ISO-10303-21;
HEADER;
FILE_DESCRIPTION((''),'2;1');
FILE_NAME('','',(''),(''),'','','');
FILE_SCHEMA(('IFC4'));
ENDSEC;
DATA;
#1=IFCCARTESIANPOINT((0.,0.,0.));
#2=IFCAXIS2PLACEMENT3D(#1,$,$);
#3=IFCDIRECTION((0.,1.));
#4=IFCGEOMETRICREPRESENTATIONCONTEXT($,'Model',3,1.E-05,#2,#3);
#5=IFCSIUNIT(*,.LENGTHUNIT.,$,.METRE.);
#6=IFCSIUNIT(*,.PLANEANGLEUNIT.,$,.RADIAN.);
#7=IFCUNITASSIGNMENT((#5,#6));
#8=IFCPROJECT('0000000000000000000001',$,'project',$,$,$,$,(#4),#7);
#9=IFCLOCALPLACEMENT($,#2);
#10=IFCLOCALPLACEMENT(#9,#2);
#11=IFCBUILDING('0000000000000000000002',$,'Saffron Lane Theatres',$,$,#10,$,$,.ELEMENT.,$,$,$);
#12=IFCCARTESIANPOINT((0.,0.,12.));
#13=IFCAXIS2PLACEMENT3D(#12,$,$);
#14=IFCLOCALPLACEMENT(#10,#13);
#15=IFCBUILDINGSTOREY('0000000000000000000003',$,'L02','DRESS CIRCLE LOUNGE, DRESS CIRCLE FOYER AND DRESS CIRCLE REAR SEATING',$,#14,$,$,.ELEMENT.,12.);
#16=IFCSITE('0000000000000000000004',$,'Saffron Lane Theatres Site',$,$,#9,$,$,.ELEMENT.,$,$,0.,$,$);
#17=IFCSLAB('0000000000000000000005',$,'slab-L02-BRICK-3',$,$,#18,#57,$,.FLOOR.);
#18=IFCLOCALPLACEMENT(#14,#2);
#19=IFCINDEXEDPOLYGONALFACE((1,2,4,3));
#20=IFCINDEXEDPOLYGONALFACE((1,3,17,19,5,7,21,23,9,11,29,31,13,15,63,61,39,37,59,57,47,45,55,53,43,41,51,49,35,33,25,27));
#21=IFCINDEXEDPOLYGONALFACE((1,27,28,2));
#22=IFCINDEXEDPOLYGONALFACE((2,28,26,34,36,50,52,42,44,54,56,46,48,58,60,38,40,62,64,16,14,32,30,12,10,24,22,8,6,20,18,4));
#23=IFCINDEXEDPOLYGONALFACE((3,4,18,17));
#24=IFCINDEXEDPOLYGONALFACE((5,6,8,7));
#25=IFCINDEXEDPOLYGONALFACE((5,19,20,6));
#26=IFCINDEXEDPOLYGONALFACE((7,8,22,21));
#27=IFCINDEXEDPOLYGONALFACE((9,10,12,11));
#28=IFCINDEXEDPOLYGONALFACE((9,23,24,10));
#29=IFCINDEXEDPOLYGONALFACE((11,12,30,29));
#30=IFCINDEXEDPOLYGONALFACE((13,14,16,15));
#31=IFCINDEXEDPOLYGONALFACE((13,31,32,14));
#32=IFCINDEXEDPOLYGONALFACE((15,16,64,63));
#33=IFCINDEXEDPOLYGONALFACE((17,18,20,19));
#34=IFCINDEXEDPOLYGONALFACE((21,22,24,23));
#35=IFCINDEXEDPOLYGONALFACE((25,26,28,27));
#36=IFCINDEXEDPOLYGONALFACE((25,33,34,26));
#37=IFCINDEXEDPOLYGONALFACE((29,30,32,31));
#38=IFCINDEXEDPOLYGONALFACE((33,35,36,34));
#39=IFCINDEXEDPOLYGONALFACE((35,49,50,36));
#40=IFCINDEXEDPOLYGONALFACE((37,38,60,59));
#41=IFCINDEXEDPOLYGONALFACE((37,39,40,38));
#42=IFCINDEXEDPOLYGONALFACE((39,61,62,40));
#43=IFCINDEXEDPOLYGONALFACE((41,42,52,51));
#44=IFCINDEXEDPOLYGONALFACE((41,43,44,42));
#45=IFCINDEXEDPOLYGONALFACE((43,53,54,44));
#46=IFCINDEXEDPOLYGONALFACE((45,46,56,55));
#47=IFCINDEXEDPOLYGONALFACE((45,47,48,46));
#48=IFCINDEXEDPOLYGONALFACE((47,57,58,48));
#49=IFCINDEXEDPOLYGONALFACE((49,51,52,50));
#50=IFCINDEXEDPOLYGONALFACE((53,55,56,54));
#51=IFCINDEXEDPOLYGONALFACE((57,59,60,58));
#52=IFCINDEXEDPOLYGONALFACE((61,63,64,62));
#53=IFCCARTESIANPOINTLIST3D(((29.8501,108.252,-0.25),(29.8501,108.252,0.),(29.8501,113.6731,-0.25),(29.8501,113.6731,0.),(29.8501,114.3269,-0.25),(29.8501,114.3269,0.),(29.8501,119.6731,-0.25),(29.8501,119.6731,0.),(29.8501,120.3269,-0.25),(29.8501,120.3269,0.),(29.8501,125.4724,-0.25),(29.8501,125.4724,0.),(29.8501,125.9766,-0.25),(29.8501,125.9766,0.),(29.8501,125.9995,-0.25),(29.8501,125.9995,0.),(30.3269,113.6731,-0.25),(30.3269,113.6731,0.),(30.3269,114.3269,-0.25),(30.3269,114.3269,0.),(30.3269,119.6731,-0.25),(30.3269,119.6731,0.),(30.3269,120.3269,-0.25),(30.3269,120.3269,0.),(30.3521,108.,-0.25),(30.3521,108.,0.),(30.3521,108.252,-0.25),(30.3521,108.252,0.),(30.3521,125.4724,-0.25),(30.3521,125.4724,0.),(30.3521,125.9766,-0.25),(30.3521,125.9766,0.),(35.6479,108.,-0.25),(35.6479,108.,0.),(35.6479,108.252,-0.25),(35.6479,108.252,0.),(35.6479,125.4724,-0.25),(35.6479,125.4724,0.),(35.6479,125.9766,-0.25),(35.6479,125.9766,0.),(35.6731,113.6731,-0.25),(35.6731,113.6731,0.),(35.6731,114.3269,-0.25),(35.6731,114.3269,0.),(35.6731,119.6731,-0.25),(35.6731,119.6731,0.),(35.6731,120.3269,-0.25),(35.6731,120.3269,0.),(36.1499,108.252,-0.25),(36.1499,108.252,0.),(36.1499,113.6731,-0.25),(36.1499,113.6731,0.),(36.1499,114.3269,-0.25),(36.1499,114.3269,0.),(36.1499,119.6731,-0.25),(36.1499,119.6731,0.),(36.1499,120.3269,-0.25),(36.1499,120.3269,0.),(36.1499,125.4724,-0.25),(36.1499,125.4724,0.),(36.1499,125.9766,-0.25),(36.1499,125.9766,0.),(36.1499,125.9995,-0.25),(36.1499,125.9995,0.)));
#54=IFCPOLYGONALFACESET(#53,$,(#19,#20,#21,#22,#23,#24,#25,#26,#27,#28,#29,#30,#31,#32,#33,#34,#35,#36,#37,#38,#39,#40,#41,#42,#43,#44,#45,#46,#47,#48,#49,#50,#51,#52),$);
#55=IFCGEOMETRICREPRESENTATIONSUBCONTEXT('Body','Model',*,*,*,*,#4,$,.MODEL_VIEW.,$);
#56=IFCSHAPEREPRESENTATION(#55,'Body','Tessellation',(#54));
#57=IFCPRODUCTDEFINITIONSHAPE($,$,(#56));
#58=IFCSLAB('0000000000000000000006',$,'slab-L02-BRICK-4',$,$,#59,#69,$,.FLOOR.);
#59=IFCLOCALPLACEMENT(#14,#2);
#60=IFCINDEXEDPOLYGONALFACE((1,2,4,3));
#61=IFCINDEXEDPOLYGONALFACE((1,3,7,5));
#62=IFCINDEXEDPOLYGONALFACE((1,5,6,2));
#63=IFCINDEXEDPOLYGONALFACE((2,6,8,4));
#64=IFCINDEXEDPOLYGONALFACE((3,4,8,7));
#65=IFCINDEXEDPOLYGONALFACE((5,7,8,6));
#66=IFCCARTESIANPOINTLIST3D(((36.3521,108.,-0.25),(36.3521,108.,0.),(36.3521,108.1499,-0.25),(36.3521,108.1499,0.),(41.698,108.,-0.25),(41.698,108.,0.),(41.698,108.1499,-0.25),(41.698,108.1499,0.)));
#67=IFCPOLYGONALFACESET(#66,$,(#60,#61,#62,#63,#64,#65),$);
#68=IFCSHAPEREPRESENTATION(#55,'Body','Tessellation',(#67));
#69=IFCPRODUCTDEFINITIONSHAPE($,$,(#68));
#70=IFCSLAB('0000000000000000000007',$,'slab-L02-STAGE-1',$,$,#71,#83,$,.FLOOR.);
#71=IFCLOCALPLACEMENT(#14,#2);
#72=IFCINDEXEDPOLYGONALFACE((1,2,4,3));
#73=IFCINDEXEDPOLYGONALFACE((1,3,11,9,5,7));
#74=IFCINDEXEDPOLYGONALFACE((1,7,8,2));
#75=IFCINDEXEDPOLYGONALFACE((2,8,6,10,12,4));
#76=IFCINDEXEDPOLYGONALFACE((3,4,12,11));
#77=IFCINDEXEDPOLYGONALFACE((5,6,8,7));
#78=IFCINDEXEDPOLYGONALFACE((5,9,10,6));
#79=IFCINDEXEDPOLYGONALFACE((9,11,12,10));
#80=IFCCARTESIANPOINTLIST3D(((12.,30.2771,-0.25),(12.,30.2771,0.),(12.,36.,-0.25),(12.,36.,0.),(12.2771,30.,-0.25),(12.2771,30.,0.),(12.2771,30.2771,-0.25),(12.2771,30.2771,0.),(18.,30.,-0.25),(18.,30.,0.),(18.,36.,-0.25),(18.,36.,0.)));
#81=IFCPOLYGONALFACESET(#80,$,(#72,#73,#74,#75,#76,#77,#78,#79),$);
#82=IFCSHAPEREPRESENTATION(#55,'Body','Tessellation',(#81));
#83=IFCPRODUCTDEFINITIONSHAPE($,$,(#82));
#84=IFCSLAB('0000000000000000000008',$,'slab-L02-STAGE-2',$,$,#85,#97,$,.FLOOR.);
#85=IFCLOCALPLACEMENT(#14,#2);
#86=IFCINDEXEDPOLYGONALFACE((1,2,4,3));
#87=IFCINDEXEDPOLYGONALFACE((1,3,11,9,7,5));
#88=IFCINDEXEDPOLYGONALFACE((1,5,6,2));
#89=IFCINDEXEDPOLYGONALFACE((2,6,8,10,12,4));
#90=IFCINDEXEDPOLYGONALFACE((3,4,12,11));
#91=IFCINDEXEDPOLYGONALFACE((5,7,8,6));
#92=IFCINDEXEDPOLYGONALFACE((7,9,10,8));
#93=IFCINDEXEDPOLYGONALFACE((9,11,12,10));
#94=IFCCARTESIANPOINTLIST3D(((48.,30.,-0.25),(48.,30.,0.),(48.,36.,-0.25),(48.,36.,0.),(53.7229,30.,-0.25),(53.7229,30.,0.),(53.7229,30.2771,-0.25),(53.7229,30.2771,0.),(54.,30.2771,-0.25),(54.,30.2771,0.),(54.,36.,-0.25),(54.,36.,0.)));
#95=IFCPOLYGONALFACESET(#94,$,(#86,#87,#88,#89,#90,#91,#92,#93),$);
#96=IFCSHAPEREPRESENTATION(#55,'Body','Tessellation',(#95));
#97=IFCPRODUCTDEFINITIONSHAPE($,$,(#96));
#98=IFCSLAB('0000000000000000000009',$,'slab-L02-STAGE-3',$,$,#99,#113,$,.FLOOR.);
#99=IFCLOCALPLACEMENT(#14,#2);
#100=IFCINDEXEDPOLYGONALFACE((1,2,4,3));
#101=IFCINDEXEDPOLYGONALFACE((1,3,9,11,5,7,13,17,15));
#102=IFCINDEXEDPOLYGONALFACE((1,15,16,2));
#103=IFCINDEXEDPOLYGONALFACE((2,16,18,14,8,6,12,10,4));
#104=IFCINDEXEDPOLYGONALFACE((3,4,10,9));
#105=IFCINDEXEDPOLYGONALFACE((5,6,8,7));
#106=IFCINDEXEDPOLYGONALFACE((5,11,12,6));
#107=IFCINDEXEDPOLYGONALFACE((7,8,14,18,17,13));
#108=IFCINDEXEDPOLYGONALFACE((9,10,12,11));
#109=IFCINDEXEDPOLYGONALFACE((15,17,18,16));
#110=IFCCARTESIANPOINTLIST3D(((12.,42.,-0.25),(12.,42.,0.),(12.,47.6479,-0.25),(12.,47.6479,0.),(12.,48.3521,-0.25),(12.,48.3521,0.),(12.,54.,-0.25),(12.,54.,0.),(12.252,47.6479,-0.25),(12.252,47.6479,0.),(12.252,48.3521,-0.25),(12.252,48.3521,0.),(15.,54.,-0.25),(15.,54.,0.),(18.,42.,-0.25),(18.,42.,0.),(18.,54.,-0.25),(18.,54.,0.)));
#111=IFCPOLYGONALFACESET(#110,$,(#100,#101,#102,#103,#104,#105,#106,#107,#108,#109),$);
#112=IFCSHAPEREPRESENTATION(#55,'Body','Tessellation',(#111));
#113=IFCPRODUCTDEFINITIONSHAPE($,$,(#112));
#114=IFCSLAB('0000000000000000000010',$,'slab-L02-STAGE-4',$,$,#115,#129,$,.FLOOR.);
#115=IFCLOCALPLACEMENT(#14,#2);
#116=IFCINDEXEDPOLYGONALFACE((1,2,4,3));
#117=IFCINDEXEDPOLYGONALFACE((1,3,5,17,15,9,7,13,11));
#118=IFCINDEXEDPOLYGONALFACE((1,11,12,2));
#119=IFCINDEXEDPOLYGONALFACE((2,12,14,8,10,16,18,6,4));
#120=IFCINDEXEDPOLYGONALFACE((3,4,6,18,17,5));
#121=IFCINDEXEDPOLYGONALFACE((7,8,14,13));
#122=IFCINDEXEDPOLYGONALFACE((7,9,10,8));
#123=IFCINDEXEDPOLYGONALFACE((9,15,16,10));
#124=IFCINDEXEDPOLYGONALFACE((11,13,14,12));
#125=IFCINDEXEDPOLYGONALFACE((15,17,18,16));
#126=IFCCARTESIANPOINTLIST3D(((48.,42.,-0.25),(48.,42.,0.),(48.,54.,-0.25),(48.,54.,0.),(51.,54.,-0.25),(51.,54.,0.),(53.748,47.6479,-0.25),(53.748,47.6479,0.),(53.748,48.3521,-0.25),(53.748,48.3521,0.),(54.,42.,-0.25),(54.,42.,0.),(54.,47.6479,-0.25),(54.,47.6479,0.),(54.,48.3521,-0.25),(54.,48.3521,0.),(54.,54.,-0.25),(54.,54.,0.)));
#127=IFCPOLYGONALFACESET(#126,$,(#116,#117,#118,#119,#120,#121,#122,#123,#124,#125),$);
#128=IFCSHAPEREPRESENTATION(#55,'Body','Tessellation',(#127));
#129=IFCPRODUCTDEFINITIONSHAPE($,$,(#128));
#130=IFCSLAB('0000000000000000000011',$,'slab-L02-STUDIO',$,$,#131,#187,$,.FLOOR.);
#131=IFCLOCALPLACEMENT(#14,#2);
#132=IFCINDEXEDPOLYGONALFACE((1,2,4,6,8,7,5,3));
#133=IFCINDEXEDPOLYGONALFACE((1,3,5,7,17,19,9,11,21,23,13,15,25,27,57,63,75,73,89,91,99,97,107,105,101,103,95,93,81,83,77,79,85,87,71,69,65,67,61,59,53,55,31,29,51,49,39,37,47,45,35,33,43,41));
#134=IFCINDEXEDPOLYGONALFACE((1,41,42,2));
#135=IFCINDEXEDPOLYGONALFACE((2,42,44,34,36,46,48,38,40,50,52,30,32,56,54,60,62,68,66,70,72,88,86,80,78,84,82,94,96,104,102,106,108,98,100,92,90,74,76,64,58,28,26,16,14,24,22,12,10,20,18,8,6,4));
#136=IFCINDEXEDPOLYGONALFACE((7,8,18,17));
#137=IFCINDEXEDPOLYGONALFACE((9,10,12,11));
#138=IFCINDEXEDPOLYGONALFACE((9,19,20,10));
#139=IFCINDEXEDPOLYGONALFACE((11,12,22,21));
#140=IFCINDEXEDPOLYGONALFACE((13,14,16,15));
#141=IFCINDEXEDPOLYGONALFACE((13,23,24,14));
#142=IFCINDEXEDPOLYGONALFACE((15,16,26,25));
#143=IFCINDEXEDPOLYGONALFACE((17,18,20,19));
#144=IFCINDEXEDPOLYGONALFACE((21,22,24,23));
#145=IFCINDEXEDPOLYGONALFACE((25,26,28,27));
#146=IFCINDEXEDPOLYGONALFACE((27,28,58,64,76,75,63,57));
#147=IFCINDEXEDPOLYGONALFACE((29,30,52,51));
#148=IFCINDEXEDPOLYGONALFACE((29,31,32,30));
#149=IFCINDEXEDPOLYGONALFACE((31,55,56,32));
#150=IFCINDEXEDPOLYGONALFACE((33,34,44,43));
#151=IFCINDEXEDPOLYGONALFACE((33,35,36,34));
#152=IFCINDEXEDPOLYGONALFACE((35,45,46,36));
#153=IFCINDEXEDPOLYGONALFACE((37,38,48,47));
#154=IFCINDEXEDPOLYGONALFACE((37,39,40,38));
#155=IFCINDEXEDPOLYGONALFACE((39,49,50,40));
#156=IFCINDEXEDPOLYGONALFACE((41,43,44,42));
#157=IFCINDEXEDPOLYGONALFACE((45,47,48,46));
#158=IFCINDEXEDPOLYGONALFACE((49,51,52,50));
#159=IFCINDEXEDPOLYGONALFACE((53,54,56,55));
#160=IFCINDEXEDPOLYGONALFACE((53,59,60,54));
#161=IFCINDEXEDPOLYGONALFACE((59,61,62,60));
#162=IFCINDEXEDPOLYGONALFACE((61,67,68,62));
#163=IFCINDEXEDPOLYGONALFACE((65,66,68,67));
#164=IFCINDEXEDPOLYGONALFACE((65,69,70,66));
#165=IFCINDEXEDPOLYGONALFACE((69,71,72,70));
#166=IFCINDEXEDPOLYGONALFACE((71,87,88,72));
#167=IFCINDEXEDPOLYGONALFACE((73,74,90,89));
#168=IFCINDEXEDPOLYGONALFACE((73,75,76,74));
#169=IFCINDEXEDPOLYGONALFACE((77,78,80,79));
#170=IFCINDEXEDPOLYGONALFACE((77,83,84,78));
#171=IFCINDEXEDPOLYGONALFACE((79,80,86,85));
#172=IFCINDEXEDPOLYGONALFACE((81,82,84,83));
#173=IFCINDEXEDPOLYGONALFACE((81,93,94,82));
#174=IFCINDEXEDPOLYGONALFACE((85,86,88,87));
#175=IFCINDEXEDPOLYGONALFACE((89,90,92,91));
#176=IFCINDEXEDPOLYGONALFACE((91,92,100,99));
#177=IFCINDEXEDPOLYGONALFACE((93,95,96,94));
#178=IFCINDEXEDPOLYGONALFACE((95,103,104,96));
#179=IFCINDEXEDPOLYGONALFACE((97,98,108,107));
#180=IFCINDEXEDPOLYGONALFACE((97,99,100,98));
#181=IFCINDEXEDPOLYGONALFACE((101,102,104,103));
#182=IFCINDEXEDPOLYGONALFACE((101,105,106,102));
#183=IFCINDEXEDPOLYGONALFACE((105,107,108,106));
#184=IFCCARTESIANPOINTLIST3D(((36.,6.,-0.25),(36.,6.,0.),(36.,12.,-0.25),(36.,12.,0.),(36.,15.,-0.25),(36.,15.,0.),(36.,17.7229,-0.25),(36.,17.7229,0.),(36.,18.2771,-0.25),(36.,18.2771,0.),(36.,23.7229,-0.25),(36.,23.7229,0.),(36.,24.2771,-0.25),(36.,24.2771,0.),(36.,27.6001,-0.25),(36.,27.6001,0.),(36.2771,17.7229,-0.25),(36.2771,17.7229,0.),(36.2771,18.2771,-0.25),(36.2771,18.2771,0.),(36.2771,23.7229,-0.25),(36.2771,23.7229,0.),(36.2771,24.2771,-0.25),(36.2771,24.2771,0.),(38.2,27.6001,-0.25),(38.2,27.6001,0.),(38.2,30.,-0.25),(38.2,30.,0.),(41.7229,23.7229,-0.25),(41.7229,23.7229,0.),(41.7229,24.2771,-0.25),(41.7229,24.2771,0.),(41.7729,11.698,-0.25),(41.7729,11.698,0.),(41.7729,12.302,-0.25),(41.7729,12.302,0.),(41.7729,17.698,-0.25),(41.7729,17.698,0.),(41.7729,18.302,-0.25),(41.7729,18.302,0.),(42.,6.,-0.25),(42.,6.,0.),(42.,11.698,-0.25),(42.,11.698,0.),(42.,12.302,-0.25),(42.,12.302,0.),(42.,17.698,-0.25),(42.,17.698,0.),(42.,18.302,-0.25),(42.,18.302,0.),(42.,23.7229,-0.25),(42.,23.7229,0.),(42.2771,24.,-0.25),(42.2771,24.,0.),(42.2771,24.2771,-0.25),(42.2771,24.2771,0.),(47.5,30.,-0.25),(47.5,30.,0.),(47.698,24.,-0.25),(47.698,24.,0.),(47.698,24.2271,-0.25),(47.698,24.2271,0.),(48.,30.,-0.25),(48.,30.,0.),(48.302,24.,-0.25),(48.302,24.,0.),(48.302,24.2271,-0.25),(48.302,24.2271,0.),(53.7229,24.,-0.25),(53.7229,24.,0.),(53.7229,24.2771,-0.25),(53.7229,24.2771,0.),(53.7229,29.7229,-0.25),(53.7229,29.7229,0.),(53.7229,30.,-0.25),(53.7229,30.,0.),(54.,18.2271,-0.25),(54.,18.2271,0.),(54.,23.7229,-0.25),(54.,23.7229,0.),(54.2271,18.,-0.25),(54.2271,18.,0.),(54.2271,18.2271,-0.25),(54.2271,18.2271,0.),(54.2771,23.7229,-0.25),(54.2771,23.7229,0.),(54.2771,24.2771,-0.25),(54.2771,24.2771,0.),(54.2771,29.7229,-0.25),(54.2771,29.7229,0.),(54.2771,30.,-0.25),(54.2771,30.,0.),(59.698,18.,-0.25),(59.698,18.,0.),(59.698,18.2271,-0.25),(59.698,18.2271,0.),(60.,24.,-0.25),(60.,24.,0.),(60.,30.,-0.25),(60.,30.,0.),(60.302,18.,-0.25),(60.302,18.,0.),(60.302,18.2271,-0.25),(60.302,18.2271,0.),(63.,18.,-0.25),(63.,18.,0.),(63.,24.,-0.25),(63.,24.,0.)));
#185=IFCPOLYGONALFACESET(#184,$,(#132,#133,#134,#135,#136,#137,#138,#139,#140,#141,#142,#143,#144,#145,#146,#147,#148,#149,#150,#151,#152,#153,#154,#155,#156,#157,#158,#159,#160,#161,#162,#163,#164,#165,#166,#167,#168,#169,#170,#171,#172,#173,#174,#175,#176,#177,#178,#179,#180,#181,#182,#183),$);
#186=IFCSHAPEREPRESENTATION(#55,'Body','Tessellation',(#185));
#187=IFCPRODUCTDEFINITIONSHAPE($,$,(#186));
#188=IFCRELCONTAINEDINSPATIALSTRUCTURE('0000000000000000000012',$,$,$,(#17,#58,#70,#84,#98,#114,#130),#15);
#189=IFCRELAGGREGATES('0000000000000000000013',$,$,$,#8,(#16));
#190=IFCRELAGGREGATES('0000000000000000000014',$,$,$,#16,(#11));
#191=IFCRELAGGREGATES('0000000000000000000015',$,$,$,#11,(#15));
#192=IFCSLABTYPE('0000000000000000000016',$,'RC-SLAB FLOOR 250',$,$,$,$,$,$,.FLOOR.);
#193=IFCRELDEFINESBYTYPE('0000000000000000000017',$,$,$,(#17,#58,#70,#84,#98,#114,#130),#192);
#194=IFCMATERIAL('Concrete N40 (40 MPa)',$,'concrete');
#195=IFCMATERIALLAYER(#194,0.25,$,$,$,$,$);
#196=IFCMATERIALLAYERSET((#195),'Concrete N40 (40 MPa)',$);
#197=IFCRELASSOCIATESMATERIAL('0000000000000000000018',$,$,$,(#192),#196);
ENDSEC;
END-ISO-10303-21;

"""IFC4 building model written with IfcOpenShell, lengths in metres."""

from ifc_helpers import new_model, si_unit, direction, frame, origin, place, context, subcontext, project, spatial, polyline, outline, extrude, material, layer, layer_set, type_object, element, save


model = new_model("IFC4")

# Units and contexts
model_context = context("Model", 3, precision=1e-05, world=origin(), true_north=direction((0.0, 1.0)))
body_context = subcontext(model_context, "Body", "Model", "MODEL_VIEW")
ifc_project = project(units=[si_unit("LENGTHUNIT", "METRE"), si_unit("PLANEANGLEUNIT", "RADIAN")], contexts=[model_context])

# Site, building, storey
site_placement = place(None, origin())
site = spatial("IfcSite", under=ifc_project, at=site_placement, Name="Saffron Lane Theatres Site", CompositionType="ELEMENT", RefElevation=0.0)
building_placement = place(site_placement, origin())
building = spatial("IfcBuilding", under=site, at=building_placement, Name="Saffron Lane Theatres", CompositionType="ELEMENT")
storey_placement = place(building_placement, frame((0.0, 0.0, 12.0)))
storey = spatial("IfcBuildingStorey", under=building, at=storey_placement, Name="L02", Description="DRESS CIRCLE LOUNGE, DRESS CIRCLE FOYER AND DRESS CIRCLE REAR SEATING", CompositionType="ELEMENT", Elevation=12.0)

# Slabs
ifc_material_1 = material(Name="Concrete N40 (40 MPa)", Category="concrete")
ifc_layer_1 = layer(ifc_material_1, 0.25)
ifc_layer_set_1 = layer_set([ifc_layer_1], Name="Concrete N40 (40 MPa)")
slab_type_1 = type_object("IfcSlabType", Name="RC-SLAB FLOOR 250", PredefinedType="FLOOR", material=ifc_layer_set_1)
slab_1_placement = place(storey_placement, frame((0.0, 0.0, -0.25)))
element("IfcSlab", 1, at=slab_1_placement, inside=storey, type_object=slab_type_1, Name="slab-L02-BRICK-3", PredefinedType="FLOOR", context=body_context, shape_type="SweptSolid", body=[
    extrude(outline(polyline([(36.1499, 125.9766), (36.1499, 125.9995), (29.8501, 125.9995), (29.8501, 125.9766), (30.3521, 125.9766), (30.3521, 125.4724), (29.8501, 125.4724), (29.8501, 120.3269), (30.3269, 120.3269), (30.3269, 119.6731), (29.8501, 119.6731), (29.8501, 114.3269), (30.3269, 114.3269), (30.3269, 113.6731), (29.8501, 113.6731), (29.8501, 108.252), (30.3521, 108.252), (30.3521, 108.0), (35.6479, 108.0), (35.6479, 108.252), (36.1499, 108.252), (36.1499, 113.6731), (35.6731, 113.6731), (35.6731, 114.3269), (36.1499, 114.3269), (36.1499, 119.6731), (35.6731, 119.6731), (35.6731, 120.3269), (36.1499, 120.3269), (36.1499, 125.4724), (35.6479, 125.4724), (35.6479, 125.9766), (36.1499, 125.9766)])), origin(), (0.0, 0.0, 1.0), 0.25),
])
slab_2_placement = place(storey_placement, frame((0.0, 0.0, -0.25)))
element("IfcSlab", 2, at=slab_2_placement, inside=storey, type_object=slab_type_1, Name="slab-L02-BRICK-4", PredefinedType="FLOOR", context=body_context, shape_type="SweptSolid", body=[
    extrude(outline(polyline([(36.3521, 108.0), (41.698, 108.0), (41.698, 108.1499), (36.3521, 108.1499), (36.3521, 108.0)])), origin(), (0.0, 0.0, 1.0), 0.25),
])
slab_3_placement = place(storey_placement, frame((0.0, 0.0, -0.25)))
element("IfcSlab", 3, at=slab_3_placement, inside=storey, type_object=slab_type_1, Name="slab-L02-STAGE-1", PredefinedType="FLOOR", context=body_context, shape_type="SweptSolid", body=[
    extrude(outline(polyline([(18.0, 36.0), (12.0, 36.0), (12.0, 30.2771), (12.2771, 30.2771), (12.2771, 30.0), (18.0, 30.0), (18.0, 36.0)])), origin(), (0.0, 0.0, 1.0), 0.25),
])
slab_4_placement = place(storey_placement, frame((0.0, 0.0, -0.25)))
element("IfcSlab", 4, at=slab_4_placement, inside=storey, type_object=slab_type_1, Name="slab-L02-STAGE-2", PredefinedType="FLOOR", context=body_context, shape_type="SweptSolid", body=[
    extrude(outline(polyline([(53.7229, 30.2771), (54.0, 30.2771), (54.0, 36.0), (48.0, 36.0), (48.0, 30.0), (53.7229, 30.0), (53.7229, 30.2771)])), origin(), (0.0, 0.0, 1.0), 0.25),
])
slab_5_placement = place(storey_placement, frame((0.0, 0.0, -0.25)))
element("IfcSlab", 5, at=slab_5_placement, inside=storey, type_object=slab_type_1, Name="slab-L02-STAGE-3", PredefinedType="FLOOR", context=body_context, shape_type="SweptSolid", body=[
    extrude(outline(polyline([(18.0, 42.0), (18.0, 54.0), (15.0, 54.0), (12.0, 54.0), (12.0, 48.3521), (12.252, 48.3521), (12.252, 47.6479), (12.0, 47.6479), (12.0, 42.0), (18.0, 42.0)])), origin(), (0.0, 0.0, 1.0), 0.25),
])
slab_6_placement = place(storey_placement, frame((0.0, 0.0, -0.25)))
element("IfcSlab", 6, at=slab_6_placement, inside=storey, type_object=slab_type_1, Name="slab-L02-STAGE-4", PredefinedType="FLOOR", context=body_context, shape_type="SweptSolid", body=[
    extrude(outline(polyline([(48.0, 42.0), (54.0, 42.0), (54.0, 47.6479), (53.748, 47.6479), (53.748, 48.3521), (54.0, 48.3521), (54.0, 54.0), (51.0, 54.0), (48.0, 54.0), (48.0, 42.0)])), origin(), (0.0, 0.0, 1.0), 0.25),
])
slab_7_placement = place(storey_placement, frame((0.0, 0.0, -0.25)))
element("IfcSlab", 7, at=slab_7_placement, inside=storey, type_object=slab_type_1, Name="slab-L02-STUDIO", PredefinedType="FLOOR", context=body_context, shape_type="SweptSolid", body=[
    extrude(outline(polyline([(60.0, 24.0), (60.0, 30.0), (54.2771, 30.0), (54.2771, 29.7229), (53.7229, 29.7229), (53.7229, 30.0), (48.0, 30.0), (47.5, 30.0), (38.2, 30.0), (38.2, 27.6001), (36.0, 27.6001), (36.0, 24.2771), (36.2771, 24.2771), (36.2771, 23.7229), (36.0, 23.7229), (36.0, 18.2771), (36.2771, 18.2771), (36.2771, 17.7229), (36.0, 17.7229), (36.0, 15.0), (36.0, 12.0), (36.0, 6.0), (42.0, 6.0), (42.0, 11.698), (41.7729, 11.698), (41.7729, 12.302), (42.0, 12.302), (42.0, 17.698), (41.7729, 17.698), (41.7729, 18.302), (42.0, 18.302), (42.0, 23.7229), (41.7229, 23.7229), (41.7229, 24.2771), (42.2771, 24.2771), (42.2771, 24.0), (47.698, 24.0), (47.698, 24.2271), (48.302, 24.2271), (48.302, 24.0), (53.7229, 24.0), (53.7229, 24.2771), (54.2771, 24.2771), (54.2771, 23.7229), (54.0, 23.7229), (54.0, 18.2271), (54.2271, 18.2271), (54.2271, 18.0), (59.698, 18.0), (59.698, 18.2271), (60.302, 18.2271), (60.302, 18.0), (63.0, 18.0), (63.0, 24.0), (60.0, 24.0)])), origin(), (0.0, 0.0, 1.0), 0.25),
])

save(model, "model.ifc")
